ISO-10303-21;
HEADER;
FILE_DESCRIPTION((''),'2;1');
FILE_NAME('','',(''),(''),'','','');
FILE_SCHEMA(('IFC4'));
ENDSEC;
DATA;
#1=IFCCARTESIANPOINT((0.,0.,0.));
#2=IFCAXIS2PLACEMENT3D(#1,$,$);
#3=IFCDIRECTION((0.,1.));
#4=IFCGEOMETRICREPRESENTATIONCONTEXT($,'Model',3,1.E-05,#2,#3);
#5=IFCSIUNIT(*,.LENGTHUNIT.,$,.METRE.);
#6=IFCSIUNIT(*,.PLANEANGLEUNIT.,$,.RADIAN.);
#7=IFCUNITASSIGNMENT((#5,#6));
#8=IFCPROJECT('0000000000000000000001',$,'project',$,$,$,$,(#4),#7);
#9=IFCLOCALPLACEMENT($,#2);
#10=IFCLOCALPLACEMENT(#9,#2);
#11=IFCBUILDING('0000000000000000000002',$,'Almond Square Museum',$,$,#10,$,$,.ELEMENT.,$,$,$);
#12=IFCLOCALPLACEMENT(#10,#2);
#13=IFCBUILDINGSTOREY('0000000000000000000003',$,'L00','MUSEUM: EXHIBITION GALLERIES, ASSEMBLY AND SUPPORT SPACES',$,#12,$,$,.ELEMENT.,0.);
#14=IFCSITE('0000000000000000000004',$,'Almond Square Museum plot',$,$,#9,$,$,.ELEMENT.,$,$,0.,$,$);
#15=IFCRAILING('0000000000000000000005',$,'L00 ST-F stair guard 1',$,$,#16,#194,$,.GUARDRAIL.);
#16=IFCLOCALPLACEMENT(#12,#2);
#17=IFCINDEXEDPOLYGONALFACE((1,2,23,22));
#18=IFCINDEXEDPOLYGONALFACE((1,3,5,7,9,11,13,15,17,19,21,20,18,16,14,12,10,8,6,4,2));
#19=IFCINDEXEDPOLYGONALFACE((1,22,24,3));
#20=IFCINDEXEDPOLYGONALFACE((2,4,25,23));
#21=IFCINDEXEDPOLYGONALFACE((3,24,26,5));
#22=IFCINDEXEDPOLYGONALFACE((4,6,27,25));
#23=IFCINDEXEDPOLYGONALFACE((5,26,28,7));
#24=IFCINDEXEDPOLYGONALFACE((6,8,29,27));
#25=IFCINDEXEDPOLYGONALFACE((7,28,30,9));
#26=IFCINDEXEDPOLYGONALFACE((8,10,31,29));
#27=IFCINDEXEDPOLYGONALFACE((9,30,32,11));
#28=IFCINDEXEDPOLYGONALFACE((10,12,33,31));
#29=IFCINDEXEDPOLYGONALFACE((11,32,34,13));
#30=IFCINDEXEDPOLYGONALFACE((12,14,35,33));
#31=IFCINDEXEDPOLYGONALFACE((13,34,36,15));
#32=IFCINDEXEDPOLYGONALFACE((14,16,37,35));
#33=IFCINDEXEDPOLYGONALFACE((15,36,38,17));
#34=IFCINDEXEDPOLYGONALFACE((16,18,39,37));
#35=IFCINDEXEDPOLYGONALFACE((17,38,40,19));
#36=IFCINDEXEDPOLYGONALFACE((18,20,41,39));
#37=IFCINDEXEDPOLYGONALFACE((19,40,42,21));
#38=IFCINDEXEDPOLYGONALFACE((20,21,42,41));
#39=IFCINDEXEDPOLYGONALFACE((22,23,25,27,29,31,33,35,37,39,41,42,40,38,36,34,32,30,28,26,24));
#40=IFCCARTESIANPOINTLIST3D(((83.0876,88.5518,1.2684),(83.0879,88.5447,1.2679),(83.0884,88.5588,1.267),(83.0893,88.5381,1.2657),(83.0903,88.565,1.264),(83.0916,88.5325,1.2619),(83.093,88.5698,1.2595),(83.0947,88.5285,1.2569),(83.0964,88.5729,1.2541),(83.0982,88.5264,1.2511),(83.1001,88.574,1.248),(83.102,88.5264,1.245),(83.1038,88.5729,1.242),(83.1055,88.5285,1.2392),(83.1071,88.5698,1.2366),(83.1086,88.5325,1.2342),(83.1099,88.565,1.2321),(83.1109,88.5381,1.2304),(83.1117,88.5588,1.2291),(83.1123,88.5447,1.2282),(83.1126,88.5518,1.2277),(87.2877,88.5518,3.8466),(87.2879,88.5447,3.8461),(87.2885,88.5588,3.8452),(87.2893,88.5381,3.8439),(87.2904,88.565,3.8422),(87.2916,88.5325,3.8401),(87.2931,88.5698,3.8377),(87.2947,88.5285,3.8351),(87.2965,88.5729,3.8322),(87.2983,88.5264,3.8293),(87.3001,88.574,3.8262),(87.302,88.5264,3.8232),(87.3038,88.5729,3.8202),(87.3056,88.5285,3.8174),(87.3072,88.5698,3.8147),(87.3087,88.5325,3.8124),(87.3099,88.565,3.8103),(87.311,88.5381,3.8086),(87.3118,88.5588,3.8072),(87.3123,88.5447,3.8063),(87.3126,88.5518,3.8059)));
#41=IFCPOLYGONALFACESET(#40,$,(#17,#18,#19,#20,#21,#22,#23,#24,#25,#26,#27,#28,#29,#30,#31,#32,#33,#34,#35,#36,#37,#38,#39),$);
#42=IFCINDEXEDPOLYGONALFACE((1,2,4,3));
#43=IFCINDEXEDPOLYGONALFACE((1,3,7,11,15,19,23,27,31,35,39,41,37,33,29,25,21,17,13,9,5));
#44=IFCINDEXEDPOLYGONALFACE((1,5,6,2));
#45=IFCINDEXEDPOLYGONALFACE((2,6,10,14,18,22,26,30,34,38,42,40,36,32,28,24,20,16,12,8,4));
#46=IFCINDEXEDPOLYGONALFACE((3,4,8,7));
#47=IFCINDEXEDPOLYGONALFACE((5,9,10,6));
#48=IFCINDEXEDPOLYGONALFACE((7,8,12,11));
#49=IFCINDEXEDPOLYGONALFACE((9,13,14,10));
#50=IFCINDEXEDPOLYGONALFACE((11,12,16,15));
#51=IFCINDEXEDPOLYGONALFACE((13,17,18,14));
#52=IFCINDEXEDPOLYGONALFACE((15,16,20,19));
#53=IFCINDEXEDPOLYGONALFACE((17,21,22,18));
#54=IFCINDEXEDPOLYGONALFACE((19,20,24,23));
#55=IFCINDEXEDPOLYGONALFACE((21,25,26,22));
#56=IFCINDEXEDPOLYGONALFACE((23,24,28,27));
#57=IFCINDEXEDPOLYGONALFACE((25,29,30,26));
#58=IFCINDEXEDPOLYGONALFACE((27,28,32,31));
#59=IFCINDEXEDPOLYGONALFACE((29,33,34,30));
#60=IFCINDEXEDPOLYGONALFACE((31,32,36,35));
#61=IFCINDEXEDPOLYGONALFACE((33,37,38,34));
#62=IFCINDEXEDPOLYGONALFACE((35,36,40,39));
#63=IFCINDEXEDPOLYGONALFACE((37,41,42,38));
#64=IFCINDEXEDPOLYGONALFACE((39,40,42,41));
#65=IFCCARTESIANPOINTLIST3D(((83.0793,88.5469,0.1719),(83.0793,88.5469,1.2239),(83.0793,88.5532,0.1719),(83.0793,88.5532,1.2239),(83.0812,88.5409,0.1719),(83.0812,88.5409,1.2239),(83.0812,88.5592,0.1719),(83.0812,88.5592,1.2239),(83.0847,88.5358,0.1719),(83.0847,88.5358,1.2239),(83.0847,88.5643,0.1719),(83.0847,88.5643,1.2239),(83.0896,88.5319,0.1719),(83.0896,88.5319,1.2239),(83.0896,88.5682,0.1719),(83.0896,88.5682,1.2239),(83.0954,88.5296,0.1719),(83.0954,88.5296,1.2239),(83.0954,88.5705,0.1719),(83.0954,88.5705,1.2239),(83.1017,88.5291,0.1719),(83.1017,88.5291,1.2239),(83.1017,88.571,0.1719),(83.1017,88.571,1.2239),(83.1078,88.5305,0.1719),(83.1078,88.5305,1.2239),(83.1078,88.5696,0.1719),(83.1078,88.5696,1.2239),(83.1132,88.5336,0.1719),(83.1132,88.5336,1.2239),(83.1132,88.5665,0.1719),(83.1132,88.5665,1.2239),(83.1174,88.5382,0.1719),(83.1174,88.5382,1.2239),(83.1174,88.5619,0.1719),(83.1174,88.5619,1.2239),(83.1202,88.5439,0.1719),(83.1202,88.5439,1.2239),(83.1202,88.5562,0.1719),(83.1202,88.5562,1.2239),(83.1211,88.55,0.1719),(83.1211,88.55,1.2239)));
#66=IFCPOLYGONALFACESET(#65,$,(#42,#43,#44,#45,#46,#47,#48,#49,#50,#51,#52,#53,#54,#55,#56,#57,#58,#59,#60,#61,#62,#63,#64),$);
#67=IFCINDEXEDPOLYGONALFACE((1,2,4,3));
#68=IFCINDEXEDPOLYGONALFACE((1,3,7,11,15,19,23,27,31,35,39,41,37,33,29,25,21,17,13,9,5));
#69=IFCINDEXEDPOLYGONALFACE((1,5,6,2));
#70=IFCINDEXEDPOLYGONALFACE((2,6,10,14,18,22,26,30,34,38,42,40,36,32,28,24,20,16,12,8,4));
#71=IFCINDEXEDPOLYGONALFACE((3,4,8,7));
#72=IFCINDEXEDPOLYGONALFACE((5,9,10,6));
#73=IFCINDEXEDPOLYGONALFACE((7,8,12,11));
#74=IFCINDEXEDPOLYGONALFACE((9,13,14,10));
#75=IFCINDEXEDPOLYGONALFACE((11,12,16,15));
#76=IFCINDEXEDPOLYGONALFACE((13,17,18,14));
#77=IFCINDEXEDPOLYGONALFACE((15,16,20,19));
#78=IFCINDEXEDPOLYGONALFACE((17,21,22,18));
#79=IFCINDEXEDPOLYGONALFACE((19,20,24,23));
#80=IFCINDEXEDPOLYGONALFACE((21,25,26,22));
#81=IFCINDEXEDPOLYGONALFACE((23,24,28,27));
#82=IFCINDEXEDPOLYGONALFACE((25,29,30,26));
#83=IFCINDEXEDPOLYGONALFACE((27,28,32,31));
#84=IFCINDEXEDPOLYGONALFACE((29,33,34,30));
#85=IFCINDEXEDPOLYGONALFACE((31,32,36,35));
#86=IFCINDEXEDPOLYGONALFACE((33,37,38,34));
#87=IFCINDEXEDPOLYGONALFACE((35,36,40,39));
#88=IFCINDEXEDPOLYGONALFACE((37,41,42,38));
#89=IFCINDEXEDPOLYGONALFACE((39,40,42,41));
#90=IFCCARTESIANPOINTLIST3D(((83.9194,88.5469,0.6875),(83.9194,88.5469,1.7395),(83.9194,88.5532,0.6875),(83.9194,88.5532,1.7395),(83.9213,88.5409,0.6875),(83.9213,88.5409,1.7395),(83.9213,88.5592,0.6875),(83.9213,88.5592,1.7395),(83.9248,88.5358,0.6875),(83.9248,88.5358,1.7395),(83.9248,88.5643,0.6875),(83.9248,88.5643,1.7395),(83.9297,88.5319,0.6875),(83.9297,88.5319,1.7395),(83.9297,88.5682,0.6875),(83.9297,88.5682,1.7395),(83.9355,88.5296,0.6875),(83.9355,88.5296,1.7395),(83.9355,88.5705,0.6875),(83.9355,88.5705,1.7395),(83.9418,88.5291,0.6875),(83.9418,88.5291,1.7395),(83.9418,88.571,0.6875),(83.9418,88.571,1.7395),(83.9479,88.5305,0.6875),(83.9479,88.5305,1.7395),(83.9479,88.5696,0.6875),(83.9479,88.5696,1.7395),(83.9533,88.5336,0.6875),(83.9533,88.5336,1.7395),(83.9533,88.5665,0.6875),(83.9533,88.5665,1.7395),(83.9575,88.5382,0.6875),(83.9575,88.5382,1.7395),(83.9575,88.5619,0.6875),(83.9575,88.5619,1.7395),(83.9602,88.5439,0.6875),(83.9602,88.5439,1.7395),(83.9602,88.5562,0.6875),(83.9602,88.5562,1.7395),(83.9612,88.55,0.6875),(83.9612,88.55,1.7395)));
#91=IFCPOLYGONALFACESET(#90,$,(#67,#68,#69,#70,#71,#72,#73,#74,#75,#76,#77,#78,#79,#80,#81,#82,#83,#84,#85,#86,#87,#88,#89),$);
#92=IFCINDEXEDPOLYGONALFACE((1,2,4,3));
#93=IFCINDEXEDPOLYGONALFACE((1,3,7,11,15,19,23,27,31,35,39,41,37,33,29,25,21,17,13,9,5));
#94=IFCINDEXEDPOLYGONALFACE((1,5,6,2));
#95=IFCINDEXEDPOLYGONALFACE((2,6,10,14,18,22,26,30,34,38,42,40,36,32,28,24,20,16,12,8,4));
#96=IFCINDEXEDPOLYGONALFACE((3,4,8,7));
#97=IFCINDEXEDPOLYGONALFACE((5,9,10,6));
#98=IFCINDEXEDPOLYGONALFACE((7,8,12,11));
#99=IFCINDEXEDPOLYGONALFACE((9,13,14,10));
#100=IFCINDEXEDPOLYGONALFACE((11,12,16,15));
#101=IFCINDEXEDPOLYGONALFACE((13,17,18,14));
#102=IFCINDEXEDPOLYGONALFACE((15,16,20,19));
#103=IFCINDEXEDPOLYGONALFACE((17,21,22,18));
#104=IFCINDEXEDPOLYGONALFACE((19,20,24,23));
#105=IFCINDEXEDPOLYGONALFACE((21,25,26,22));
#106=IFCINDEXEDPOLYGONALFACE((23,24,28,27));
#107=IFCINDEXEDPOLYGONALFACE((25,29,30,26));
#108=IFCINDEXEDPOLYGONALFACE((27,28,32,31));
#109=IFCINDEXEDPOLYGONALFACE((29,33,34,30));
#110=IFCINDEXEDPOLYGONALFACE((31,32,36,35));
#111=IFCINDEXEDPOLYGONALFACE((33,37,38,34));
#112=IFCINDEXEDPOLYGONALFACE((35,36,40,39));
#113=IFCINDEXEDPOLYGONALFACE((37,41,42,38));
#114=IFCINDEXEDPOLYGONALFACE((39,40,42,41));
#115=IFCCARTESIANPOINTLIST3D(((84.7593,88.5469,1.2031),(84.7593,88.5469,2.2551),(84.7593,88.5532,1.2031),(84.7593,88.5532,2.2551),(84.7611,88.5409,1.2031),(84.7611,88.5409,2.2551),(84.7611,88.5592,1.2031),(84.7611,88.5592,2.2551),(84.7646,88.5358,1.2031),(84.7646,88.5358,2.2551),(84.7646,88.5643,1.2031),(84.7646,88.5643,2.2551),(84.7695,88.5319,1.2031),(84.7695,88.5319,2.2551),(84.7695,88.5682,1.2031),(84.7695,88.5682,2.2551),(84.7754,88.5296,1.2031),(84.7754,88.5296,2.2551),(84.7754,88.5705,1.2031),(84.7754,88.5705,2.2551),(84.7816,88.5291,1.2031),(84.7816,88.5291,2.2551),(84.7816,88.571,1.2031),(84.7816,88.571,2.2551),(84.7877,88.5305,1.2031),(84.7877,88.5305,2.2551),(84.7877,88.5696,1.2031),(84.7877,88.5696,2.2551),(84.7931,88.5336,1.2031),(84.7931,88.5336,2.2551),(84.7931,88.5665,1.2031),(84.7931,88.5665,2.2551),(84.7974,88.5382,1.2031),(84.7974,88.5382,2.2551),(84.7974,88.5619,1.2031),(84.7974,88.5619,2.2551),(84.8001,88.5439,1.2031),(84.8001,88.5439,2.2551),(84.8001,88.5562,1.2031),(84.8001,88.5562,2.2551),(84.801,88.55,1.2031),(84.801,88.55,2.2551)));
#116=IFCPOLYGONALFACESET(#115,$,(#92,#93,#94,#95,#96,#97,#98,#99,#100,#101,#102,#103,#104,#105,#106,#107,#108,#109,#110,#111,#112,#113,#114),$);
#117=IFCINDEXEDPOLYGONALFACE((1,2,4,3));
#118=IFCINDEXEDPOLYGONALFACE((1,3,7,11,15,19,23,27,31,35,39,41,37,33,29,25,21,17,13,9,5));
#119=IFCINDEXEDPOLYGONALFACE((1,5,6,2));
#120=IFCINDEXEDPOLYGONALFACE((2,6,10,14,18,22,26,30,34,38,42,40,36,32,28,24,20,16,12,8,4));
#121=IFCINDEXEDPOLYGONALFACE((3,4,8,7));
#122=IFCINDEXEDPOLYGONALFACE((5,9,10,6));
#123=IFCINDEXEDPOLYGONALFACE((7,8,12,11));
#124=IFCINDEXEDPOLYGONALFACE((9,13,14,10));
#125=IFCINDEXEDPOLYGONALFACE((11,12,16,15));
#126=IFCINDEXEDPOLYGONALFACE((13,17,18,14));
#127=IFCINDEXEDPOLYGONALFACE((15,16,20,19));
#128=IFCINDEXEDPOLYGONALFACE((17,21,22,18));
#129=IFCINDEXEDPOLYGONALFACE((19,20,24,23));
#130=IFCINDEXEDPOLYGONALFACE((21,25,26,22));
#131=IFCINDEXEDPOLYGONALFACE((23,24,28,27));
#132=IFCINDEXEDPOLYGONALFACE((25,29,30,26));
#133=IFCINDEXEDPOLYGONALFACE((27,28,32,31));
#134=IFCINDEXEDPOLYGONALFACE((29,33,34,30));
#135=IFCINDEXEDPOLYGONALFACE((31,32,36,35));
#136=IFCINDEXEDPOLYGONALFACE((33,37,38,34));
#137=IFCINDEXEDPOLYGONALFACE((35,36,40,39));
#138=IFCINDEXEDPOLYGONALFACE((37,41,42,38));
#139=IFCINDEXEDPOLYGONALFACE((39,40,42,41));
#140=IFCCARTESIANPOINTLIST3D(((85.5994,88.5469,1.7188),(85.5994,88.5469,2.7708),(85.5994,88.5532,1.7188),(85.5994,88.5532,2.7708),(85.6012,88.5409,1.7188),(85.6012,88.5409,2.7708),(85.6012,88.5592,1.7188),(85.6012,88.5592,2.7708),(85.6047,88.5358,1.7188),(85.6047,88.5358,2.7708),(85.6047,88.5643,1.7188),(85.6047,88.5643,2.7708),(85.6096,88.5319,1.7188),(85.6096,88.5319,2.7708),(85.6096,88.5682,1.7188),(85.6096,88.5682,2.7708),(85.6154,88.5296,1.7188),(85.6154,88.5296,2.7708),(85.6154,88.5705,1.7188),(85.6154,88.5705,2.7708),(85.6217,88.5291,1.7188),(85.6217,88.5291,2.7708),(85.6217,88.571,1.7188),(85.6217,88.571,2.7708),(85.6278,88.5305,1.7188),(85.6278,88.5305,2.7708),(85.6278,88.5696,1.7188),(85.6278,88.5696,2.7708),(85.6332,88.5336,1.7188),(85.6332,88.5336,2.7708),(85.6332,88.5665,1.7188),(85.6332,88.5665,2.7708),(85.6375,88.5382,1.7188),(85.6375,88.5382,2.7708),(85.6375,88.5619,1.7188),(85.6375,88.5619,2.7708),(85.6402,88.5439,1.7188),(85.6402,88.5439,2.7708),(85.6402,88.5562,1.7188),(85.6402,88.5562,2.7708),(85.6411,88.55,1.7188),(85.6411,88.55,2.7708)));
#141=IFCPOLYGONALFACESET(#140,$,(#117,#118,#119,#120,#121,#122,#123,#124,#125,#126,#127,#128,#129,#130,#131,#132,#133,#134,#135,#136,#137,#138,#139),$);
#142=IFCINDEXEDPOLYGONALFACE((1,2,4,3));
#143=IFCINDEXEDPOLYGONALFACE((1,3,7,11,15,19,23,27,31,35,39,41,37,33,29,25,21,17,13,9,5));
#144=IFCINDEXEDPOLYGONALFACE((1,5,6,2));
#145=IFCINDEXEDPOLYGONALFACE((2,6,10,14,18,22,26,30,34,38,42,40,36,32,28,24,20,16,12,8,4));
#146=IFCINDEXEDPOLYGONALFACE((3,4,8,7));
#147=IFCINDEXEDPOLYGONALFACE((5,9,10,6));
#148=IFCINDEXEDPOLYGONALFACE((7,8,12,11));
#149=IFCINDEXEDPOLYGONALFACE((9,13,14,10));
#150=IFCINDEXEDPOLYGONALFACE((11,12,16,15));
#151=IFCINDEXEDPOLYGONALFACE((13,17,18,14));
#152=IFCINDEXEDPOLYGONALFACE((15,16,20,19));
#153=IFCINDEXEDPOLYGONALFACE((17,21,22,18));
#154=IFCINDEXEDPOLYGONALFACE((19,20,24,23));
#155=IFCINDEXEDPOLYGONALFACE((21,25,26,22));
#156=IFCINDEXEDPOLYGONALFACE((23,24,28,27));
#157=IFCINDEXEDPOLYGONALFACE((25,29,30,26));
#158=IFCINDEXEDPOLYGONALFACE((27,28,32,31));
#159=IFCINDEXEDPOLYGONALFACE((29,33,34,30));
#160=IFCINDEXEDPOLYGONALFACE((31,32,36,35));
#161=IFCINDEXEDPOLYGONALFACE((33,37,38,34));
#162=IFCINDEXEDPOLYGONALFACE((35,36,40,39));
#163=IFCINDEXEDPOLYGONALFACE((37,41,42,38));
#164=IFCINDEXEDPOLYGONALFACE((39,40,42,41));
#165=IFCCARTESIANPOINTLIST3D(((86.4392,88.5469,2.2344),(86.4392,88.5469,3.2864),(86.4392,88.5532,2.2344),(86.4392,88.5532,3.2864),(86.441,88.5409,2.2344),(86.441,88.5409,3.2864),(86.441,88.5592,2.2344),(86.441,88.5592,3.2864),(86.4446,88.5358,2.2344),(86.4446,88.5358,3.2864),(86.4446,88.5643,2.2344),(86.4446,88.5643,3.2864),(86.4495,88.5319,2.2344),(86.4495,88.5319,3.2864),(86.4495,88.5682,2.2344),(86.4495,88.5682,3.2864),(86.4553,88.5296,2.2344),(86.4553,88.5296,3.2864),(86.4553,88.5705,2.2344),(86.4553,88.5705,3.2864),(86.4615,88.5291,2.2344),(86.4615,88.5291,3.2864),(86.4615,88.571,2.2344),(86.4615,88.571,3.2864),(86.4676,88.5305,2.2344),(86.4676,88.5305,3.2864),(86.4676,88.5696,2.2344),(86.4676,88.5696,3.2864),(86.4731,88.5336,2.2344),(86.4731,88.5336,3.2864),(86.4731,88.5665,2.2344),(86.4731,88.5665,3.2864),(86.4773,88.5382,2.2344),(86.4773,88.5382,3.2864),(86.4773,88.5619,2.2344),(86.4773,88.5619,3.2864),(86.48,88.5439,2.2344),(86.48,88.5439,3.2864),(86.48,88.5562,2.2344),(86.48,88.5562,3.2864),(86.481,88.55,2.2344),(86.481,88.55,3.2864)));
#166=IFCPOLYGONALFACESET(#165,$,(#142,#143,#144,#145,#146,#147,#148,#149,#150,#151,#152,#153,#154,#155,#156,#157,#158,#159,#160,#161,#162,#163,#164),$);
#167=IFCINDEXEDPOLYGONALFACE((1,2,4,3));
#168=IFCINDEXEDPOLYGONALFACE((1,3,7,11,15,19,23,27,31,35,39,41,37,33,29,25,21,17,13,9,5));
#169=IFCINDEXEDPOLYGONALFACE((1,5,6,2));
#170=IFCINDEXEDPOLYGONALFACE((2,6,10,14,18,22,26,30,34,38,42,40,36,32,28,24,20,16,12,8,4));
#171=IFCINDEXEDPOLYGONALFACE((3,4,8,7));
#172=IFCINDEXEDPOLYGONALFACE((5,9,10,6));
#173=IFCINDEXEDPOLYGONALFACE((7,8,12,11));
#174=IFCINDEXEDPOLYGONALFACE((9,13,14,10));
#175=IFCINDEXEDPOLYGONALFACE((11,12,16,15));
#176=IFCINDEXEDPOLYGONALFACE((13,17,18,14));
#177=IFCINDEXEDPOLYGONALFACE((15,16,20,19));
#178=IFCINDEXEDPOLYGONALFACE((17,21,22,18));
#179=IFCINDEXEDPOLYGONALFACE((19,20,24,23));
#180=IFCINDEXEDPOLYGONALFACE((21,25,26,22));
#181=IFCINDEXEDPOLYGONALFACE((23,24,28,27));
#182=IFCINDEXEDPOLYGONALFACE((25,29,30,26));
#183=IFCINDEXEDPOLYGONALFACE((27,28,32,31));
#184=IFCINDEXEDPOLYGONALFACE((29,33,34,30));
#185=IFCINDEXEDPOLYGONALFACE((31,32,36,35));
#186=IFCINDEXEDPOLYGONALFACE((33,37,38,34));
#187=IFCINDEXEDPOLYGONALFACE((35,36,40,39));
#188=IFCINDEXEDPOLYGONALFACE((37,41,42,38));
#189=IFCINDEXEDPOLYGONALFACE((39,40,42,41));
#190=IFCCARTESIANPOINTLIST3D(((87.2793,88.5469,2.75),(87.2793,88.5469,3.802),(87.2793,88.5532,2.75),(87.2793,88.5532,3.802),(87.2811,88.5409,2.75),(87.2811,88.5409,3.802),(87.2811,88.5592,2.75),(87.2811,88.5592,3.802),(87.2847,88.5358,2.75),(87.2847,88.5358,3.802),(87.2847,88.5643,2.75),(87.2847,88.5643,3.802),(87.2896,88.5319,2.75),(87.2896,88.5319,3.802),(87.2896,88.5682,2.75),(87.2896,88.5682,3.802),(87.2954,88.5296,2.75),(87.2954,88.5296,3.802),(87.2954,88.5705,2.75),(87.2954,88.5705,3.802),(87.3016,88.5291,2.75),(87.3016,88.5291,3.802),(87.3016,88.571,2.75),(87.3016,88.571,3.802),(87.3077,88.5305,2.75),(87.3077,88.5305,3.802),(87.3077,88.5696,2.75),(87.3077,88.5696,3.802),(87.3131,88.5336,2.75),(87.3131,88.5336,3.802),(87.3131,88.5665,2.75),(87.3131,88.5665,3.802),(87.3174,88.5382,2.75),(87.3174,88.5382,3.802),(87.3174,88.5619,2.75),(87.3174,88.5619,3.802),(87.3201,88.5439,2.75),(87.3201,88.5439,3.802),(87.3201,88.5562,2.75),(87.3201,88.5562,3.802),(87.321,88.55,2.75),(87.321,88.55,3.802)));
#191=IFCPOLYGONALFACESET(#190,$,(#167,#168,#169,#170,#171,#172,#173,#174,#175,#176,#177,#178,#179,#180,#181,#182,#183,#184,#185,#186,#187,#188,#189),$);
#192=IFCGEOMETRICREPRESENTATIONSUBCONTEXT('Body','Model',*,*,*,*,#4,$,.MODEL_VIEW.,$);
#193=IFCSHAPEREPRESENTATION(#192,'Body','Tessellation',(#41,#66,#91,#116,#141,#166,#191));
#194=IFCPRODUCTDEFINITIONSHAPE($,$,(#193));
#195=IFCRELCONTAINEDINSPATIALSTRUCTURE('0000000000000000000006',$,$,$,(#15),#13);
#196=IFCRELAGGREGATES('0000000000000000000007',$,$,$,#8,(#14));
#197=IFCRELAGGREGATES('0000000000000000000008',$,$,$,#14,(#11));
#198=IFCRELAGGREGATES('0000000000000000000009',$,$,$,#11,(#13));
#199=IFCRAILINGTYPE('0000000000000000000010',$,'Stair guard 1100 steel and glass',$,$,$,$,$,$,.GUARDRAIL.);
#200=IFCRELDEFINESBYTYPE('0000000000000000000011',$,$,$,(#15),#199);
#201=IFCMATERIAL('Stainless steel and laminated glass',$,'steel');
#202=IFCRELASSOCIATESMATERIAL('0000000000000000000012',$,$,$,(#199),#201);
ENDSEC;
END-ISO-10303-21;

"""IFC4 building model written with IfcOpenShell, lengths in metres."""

from ifc_helpers import new_model, si_unit, direction, frame, origin, origin_2d, place, context, subcontext, project, spatial, circle, extrude, material, type_object, element, save


model = new_model("IFC4")

# Units and contexts
model_context = context("Model", 3, precision=1e-05, world=origin(), true_north=direction((0.0, 1.0)))
body_context = subcontext(model_context, "Body", "Model", "MODEL_VIEW")
ifc_project = project(units=[si_unit("LENGTHUNIT", "METRE"), si_unit("PLANEANGLEUNIT", "RADIAN")], contexts=[model_context])

# Site, building, storey
site_placement = place(None, origin())
site = spatial("IfcSite", under=ifc_project, at=site_placement, Name="Almond Square Museum plot", CompositionType="ELEMENT", RefElevation=0.0)
building_placement = place(site_placement, origin())
building = spatial("IfcBuilding", under=site, at=building_placement, Name="Almond Square Museum", CompositionType="ELEMENT")
storey_placement = place(building_placement, origin())
storey = spatial("IfcBuildingStorey", under=building, at=storey_placement, Name="L00", Description="MUSEUM: EXHIBITION GALLERIES, ASSEMBLY AND SUPPORT SPACES", CompositionType="ELEMENT", Elevation=0.0)

# Railing
ifc_material_1 = material(Name="Stainless steel and laminated glass", Category="steel")
railing_type_1 = type_object("IfcRailingType", Name="Stair guard 1100 steel and glass", PredefinedType="GUARDRAIL", material=ifc_material_1)
railing_1_placement = place(storey_placement, frame((83.1001, 88.55, 0.1719)))
element("IfcRailing", 1, at=railing_1_placement, inside=storey, type_object=railing_type_1, Name="L00 ST-F stair guard 1", PredefinedType="GUARDRAIL", context=body_context, shape_type="SweptSolid", body=[
    extrude(circle(Radius=0.0239, at=origin_2d()), frame((0.0, 0.0, 1.0762), z_axis=(0.852243, 0.0, 0.523146), x_axis=(0.0, 1.0, 0.0)), (0.0, 0.0, 1.0), 4.9282),
    extrude(circle(Radius=0.021, at=origin_2d()), origin(), (0.0, 0.0, 1.0), 1.052),
    extrude(circle(Radius=0.021, at=origin_2d()), frame((0.8401, 0.0, 0.5156)), (0.0, 0.0, 1.0), 1.052),
    extrude(circle(Radius=0.021, at=origin_2d()), frame((1.6799, 0.0, 1.0312)), (0.0, 0.0, 1.0), 1.052),
    extrude(circle(Radius=0.021, at=origin_2d()), frame((2.52, 0.0, 1.5469)), (0.0, 0.0, 1.0), 1.052),
    extrude(circle(Radius=0.021, at=origin_2d()), frame((3.3599, 0.0, 2.0625)), (0.0, 0.0, 1.0), 1.052),
    extrude(circle(Radius=0.021, at=origin_2d()), frame((4.2, 0.0, 2.5781)), (0.0, 0.0, 1.0), 1.052),
])

save(model, "model.ifc")
